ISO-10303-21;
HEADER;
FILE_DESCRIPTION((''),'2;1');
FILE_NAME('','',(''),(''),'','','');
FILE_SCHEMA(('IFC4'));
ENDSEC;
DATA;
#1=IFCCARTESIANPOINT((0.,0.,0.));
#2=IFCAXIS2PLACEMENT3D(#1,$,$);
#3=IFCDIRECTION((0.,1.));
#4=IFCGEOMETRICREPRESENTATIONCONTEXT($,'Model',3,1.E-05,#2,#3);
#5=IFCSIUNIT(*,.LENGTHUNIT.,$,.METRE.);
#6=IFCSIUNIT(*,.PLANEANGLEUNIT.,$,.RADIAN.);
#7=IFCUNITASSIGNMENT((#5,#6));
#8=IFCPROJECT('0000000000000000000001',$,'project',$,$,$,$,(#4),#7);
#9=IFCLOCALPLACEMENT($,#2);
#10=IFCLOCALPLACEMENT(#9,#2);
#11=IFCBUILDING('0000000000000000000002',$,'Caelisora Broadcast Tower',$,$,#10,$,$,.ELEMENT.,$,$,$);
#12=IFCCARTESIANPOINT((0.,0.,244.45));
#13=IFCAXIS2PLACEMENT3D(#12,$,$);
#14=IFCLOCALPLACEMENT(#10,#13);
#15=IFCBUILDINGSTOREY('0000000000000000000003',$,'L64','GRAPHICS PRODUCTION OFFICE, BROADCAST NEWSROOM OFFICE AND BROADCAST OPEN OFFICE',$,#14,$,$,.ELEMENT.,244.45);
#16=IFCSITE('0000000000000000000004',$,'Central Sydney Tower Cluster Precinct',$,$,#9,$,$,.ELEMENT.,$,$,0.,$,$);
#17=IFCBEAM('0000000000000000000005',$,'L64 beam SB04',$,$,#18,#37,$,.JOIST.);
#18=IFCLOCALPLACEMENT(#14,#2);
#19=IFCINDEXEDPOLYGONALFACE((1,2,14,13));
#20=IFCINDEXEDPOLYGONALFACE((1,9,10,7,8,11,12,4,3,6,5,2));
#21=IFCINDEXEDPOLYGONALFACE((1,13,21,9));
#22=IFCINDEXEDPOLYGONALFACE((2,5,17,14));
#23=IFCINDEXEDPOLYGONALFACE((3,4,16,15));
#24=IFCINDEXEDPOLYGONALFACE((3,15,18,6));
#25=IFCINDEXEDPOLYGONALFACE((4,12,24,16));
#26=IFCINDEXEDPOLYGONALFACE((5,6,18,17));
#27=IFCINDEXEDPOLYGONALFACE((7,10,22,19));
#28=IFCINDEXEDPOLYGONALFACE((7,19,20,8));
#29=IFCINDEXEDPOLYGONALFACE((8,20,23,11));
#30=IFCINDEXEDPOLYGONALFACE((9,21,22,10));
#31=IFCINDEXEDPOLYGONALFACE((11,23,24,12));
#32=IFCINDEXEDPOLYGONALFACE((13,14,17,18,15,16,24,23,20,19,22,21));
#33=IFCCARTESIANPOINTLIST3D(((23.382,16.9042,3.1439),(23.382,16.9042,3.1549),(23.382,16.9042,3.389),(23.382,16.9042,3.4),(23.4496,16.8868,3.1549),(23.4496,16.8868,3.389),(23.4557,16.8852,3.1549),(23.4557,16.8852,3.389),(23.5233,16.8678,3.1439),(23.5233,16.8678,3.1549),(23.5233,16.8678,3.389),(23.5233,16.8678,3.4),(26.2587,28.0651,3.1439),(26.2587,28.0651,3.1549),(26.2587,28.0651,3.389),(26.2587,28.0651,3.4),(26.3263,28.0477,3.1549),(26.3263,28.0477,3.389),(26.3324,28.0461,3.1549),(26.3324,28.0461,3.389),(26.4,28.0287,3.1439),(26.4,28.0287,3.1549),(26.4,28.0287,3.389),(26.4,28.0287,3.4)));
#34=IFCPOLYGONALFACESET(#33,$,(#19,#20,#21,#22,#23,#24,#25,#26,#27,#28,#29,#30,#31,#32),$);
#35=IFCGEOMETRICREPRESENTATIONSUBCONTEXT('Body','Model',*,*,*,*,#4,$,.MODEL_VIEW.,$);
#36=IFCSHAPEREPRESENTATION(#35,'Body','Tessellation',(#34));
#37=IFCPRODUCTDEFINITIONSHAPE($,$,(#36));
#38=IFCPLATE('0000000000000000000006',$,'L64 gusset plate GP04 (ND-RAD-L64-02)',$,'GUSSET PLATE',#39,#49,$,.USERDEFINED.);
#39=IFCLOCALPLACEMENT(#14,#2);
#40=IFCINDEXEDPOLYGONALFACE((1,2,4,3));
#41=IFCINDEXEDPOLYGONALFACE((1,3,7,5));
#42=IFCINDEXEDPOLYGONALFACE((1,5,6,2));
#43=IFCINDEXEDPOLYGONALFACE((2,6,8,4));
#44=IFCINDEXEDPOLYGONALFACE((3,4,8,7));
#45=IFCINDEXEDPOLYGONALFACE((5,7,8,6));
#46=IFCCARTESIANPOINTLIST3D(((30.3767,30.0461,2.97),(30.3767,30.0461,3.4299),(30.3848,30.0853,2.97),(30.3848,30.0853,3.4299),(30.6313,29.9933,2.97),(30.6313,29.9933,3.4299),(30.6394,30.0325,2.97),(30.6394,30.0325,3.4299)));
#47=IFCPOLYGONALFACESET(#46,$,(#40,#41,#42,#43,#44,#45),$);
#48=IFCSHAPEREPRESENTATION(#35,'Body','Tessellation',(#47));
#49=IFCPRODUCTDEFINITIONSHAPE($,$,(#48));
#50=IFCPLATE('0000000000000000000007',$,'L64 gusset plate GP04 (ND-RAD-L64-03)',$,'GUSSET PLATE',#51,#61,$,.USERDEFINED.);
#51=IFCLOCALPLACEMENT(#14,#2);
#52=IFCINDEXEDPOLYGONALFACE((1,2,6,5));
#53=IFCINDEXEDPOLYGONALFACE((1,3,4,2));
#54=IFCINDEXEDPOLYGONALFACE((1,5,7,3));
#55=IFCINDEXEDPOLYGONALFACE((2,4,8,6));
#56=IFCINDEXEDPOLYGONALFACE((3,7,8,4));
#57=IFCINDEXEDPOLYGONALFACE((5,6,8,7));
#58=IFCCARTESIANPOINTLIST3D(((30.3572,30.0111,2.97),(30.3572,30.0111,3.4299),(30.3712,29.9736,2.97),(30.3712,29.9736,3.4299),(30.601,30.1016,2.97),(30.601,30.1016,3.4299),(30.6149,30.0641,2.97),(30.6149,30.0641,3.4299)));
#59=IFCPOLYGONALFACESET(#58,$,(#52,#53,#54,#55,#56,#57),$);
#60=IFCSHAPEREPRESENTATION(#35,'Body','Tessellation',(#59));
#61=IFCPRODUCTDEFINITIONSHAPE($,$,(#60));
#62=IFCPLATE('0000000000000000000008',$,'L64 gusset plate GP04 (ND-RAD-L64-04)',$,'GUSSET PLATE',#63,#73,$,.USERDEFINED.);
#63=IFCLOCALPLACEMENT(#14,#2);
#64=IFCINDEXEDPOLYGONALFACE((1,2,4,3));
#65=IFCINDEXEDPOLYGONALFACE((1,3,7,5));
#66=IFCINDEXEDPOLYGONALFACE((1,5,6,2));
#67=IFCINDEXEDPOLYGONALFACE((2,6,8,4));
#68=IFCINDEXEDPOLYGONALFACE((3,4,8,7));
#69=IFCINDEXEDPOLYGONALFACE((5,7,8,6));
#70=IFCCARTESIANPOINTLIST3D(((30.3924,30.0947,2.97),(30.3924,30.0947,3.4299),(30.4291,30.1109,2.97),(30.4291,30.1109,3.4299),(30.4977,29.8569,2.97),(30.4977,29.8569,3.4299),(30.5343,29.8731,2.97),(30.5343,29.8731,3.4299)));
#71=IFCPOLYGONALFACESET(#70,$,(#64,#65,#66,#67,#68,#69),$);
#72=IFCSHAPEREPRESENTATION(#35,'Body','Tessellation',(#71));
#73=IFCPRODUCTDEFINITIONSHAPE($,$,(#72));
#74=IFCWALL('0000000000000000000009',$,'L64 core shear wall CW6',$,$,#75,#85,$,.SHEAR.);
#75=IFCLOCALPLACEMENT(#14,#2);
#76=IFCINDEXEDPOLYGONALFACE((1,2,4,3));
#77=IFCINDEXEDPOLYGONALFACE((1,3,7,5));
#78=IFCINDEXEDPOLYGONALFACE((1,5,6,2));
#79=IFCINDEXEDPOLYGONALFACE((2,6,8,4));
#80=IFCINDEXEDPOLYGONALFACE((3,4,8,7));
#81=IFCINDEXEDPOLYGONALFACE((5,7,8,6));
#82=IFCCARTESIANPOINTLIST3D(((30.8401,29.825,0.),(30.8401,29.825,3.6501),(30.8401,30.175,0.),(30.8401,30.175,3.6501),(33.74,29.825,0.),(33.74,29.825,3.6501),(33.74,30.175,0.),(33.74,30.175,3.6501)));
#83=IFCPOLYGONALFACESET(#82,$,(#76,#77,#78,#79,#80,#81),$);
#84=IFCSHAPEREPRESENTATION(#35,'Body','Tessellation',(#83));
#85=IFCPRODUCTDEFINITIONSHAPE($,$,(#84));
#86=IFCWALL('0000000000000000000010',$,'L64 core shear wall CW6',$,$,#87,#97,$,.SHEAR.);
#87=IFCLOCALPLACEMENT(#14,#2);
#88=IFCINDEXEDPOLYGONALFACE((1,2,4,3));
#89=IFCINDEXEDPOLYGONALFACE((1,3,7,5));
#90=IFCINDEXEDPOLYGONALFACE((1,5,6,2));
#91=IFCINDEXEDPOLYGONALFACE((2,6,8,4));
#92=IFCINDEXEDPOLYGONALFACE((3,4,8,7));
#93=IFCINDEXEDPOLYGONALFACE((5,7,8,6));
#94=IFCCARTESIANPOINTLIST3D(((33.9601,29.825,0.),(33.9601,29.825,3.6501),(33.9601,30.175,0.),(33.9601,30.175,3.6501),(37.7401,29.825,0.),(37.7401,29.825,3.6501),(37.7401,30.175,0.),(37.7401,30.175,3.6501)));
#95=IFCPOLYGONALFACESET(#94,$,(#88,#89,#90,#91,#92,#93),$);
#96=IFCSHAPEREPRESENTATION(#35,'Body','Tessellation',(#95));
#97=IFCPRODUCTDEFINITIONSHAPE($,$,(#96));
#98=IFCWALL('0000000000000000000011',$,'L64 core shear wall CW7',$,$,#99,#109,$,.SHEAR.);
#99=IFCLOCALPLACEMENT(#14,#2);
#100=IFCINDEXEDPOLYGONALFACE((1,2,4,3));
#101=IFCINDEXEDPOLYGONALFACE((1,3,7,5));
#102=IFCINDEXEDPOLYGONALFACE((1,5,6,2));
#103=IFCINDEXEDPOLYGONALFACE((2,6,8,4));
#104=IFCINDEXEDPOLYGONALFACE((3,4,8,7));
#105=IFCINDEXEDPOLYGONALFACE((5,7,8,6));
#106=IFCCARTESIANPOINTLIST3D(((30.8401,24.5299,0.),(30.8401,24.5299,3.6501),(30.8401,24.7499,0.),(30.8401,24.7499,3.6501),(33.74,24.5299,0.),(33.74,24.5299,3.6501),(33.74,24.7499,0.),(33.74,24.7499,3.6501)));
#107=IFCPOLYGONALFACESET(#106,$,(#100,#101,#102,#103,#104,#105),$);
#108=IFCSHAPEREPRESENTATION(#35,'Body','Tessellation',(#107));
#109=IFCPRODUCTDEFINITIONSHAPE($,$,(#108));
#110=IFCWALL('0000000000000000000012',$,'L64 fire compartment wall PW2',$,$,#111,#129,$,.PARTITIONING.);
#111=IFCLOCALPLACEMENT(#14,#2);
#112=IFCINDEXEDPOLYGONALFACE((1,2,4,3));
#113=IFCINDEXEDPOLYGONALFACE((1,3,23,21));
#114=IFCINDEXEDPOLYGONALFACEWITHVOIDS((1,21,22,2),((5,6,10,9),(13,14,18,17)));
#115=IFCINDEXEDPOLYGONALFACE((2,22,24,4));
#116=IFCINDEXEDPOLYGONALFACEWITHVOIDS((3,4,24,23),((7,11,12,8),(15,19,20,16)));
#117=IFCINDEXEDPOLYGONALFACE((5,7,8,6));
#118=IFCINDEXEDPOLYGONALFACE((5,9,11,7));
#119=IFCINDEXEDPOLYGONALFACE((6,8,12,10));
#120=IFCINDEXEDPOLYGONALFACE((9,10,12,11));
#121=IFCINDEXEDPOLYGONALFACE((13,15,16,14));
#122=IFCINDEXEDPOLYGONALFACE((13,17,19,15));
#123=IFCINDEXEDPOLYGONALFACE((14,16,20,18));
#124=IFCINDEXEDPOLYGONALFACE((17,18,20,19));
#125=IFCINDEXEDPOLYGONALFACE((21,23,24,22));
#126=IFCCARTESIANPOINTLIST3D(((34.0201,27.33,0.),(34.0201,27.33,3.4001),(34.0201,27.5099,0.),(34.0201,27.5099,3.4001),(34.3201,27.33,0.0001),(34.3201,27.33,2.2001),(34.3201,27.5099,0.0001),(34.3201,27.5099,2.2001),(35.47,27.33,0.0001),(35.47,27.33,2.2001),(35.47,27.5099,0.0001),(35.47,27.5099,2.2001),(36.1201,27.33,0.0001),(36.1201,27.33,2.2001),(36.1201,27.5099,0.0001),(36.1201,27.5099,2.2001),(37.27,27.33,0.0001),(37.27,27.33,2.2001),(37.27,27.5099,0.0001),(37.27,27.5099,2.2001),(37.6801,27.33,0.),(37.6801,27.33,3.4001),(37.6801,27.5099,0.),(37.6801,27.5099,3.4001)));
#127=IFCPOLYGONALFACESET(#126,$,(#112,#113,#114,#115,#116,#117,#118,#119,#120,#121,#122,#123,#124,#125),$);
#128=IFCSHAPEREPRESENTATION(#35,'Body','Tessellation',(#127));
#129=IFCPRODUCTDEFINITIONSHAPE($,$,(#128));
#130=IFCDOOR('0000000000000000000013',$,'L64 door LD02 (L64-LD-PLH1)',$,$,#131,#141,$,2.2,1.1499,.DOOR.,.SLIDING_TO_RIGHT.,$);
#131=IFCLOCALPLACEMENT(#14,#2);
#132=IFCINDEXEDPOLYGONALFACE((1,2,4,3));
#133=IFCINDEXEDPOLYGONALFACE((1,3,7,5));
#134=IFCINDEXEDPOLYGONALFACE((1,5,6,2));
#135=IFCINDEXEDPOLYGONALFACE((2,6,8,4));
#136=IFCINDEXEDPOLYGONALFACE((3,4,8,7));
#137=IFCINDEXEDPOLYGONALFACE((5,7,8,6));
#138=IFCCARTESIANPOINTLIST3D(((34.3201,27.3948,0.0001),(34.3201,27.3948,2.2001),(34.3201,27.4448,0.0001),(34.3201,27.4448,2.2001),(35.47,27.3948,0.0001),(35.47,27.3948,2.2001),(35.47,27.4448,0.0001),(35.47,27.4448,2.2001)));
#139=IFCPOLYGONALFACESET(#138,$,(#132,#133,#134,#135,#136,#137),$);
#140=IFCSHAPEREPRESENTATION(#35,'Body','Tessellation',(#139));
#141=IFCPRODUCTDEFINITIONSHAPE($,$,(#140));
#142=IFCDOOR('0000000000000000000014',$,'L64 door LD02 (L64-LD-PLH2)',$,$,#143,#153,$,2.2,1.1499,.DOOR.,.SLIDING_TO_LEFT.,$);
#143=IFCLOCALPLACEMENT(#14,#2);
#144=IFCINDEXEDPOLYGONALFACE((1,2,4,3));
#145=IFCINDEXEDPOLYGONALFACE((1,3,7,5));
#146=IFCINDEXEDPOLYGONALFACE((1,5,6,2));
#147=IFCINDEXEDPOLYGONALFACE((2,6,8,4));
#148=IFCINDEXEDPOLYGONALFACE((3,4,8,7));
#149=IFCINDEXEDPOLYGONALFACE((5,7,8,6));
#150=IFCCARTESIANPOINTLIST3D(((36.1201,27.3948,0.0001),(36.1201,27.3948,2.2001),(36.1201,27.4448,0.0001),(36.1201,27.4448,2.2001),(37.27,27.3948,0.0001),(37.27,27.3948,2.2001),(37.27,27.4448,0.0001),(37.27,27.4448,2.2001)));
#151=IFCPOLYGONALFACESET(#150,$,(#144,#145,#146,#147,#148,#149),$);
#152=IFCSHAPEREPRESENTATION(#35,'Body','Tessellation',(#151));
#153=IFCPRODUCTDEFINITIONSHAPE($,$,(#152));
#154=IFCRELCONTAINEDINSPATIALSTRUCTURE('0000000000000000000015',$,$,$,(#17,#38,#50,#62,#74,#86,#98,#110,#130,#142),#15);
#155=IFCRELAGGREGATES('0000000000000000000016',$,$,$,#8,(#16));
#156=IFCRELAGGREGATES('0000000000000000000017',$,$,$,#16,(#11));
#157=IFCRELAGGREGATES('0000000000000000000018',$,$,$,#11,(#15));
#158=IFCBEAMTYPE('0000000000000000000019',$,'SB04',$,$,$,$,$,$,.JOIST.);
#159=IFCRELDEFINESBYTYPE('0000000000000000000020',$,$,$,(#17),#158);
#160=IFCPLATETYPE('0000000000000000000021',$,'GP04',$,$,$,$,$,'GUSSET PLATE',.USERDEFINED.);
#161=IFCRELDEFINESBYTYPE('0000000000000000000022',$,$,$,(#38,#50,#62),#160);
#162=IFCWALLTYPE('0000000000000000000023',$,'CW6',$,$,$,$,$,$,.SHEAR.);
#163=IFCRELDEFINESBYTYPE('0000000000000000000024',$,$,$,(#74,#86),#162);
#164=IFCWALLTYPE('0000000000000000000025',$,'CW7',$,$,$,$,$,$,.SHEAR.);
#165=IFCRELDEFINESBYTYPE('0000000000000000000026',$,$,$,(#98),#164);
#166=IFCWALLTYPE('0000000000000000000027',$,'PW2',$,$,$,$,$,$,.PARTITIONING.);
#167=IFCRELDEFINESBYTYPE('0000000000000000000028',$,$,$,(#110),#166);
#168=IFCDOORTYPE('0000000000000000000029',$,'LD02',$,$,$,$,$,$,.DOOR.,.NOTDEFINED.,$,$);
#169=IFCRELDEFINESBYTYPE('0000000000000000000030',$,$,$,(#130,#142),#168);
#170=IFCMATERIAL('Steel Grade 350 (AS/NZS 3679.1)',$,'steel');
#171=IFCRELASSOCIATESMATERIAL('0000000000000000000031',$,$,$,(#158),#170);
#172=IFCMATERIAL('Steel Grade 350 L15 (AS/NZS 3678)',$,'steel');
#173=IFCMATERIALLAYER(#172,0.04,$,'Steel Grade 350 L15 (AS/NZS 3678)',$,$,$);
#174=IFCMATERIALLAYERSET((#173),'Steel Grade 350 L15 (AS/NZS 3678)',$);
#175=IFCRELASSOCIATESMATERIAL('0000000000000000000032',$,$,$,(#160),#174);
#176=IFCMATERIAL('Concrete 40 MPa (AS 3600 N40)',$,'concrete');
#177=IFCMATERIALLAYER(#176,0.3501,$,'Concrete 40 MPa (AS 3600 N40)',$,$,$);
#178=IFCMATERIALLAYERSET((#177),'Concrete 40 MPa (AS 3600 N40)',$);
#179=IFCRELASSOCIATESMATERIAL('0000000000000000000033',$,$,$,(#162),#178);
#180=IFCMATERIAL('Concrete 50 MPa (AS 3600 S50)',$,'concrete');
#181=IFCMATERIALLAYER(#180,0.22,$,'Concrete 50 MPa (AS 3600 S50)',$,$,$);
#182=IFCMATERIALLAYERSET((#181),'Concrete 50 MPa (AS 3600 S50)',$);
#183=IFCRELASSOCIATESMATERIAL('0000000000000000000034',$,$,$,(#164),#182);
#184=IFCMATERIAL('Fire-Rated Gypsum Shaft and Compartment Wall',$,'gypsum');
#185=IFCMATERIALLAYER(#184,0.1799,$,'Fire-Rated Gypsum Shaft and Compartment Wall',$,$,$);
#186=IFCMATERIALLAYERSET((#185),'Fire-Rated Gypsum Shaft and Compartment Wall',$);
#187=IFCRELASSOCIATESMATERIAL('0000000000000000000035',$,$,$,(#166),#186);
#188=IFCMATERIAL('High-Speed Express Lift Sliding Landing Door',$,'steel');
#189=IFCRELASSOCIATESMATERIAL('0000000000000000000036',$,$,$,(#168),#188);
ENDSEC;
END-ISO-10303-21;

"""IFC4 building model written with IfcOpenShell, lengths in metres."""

from ifc_helpers import new_model, si_unit, direction, frame, frame_2d, origin, origin_2d, place, context, subcontext, project, spatial, rectangle, i_section, extrude, source, transform, mapped, material, layer, layer_set, material_profile, profile_set, type_object, type_shapes, element, fill, save


model = new_model("IFC4")

# Units and contexts
model_context = context("Model", 3, precision=1e-05, world=origin(), true_north=direction((0.0, 1.0)))
body_context = subcontext(model_context, "Body", "Model", "MODEL_VIEW")
ifc_project = project(units=[si_unit("LENGTHUNIT", "METRE"), si_unit("PLANEANGLEUNIT", "RADIAN")], contexts=[model_context])

# Site, building, storey
site_placement = place(None, origin())
site = spatial("IfcSite", under=ifc_project, at=site_placement, Name="Central Sydney Tower Cluster Precinct", CompositionType="ELEMENT", RefElevation=0.0)
building_placement = place(site_placement, origin())
building = spatial("IfcBuilding", under=site, at=building_placement, Name="Caelisora Broadcast Tower", CompositionType="ELEMENT")
storey_placement = place(building_placement, frame((0.0, 0.0, 244.45)))
storey = spatial("IfcBuildingStorey", under=building, at=storey_placement, Name="L64", Description="GRAPHICS PRODUCTION OFFICE, BROADCAST NEWSROOM OFFICE AND BROADCAST OPEN OFFICE", CompositionType="ELEMENT", Elevation=244.45)

# Shared definitions
ifc_material_1 = material(Name="Steel Grade 350 (AS/NZS 3679.1)", Category="steel")

# Beam
ifc_material_profile_1 = material_profile(ifc_material_1, i_section(OverallWidth=0.146, OverallDepth=0.2561, WebThickness=0.0063, FlangeThickness=0.011, at=origin_2d()), Name="Steel Grade 350 (AS/NZS 3679.1)")
ifc_profile_set_1 = profile_set([ifc_material_profile_1], Name="Steel Grade 350 (AS/NZS 3679.1)")
beam_type_1 = type_object("IfcBeamType", Name="SB04", PredefinedType="JOIST", material=ifc_profile_set_1)
shared_shape_1 = source(origin(), body_context, "Body", "SweptSolid", [
    extrude(i_section(OverallWidth=0.146, OverallDepth=0.2561, WebThickness=0.0063, FlangeThickness=0.011, at=origin_2d()), origin(), (0.0, 0.0, 1.0), 11.5256),
])
beam_1_placement = place(storey_placement, frame((26.3293, 28.0469, 3.272), z_axis=(-0.249592, -0.968351, 0.0), x_axis=(0.968351, -0.249592, 0.0)))
element("IfcBeam", 1, at=beam_1_placement, inside=storey, type_object=beam_type_1, Name="L64 beam SB04", PredefinedType="JOIST", context=body_context, shape_type="MappedRepresentation", body=[
    mapped(shared_shape_1, transform((0.0, 0.0, 0.0), scale=1.0)),
])

# Plates
ifc_material_2 = material(Name="Steel Grade 350 L15 (AS/NZS 3678)", Category="steel")
ifc_layer_1 = layer(ifc_material_2, 0.04, Name="Steel Grade 350 L15 (AS/NZS 3678)")
ifc_layer_set_1 = layer_set([ifc_layer_1], Name="Steel Grade 350 L15 (AS/NZS 3678)")
plate_type = type_object("IfcPlateType", Name="GP04", ElementType="GUSSET PLATE", PredefinedType="USERDEFINED", material=ifc_layer_set_1)
shared_shape_2 = source(origin(), body_context, "Body", "SweptSolid", [
    extrude(rectangle(XDim=0.26, YDim=0.04, at=origin_2d()), origin(), (0.0, 0.0, 1.0), 0.46),
])
type_shapes(plate_type, [shared_shape_2])
for number, where, z_axis, x_axis, name in (
    (2, (30.5081, 30.0393, 2.97), (0.0, 0.0, 1.0), (-0.979152, 0.203129, 0.0), "L64 gusset plate GP04 (ND-RAD-L64-02)"),
    (3, (30.4861, 30.0376, 2.97), (0.0, 0.0, 1.0), (-0.937525, -0.347918, 0.0), "L64 gusset plate GP04 (ND-RAD-L64-03)"),
    (4, (30.4634, 29.9839, 2.97), (0.0, 0.0, 1.0), (0.404822, -0.914395, 0.0), "L64 gusset plate GP04 (ND-RAD-L64-04)"),
):
    element("IfcPlate", number, at=place(storey_placement, frame(where, z_axis=z_axis, x_axis=x_axis)), inside=storey, type_object=plate_type, Name=name, ObjectType="GUSSET PLATE", PredefinedType="USERDEFINED", context=body_context, shape_type="MappedRepresentation", body=[
        mapped(shared_shape_2, transform((0.0, 0.0, 0.0), scale=1.0)),
    ])

# Walls
ifc_material_3 = material(Name="Concrete 40 MPa (AS 3600 N40)", Category="concrete")
ifc_layer_2 = layer(ifc_material_3, 0.3501, Name="Concrete 40 MPa (AS 3600 N40)")
ifc_layer_set_2 = layer_set([ifc_layer_2], Name="Concrete 40 MPa (AS 3600 N40)")
wall_type_1 = type_object("IfcWallType", Name="CW6", PredefinedType="SHEAR", material=ifc_layer_set_2)
wall_1_placement = place(storey_placement, frame((30.8401, 30.0, 0.0), z_axis=(0.0, 0.0, 1.0), x_axis=(1.0, 0.0, 0.0)))
element("IfcWall", 5, at=wall_1_placement, inside=storey, type_object=wall_type_1, Name="L64 core shear wall CW6", PredefinedType="SHEAR", context=body_context, shape_type="SweptSolid", body=[
    extrude(rectangle(XDim=2.8999, YDim=0.3501, at=frame_2d((1.45, 0.0))), origin(), (0.0, 0.0, 1.0), 3.6501),
])
wall_2_placement = place(storey_placement, frame((33.96, 30.0, 0.0), z_axis=(0.0, 0.0, 1.0), x_axis=(1.0, 0.0, 0.0)))
element("IfcWall", 6, at=wall_2_placement, inside=storey, type_object=wall_type_1, Name="L64 core shear wall CW6", PredefinedType="SHEAR", context=body_context, shape_type="SweptSolid", body=[
    extrude(rectangle(XDim=3.78, YDim=0.3501, at=frame_2d((1.8901, 0.0))), origin(), (0.0, 0.0, 1.0), 3.6501),
])
ifc_material_4 = material(Name="Concrete 50 MPa (AS 3600 S50)", Category="concrete")
ifc_layer_3 = layer(ifc_material_4, 0.22, Name="Concrete 50 MPa (AS 3600 S50)")
ifc_layer_set_3 = layer_set([ifc_layer_3], Name="Concrete 50 MPa (AS 3600 S50)")
wall_type_2 = type_object("IfcWallType", Name="CW7", PredefinedType="SHEAR", material=ifc_layer_set_3)
wall_3_placement = place(storey_placement, frame((30.8401, 24.6399, 0.0), z_axis=(0.0, 0.0, 1.0), x_axis=(1.0, 0.0, 0.0)))
element("IfcWall", 7, at=wall_3_placement, inside=storey, type_object=wall_type_2, Name="L64 core shear wall CW7", PredefinedType="SHEAR", context=body_context, shape_type="SweptSolid", body=[
    extrude(rectangle(XDim=2.8999, YDim=0.22, at=frame_2d((1.45, 0.0))), origin(), (0.0, 0.0, 1.0), 3.6501),
])

# Wall, openings, doors
ifc_material_5 = material(Name="Fire-Rated Gypsum Shaft and Compartment Wall", Category="gypsum")
ifc_layer_4 = layer(ifc_material_5, 0.1799, Name="Fire-Rated Gypsum Shaft and Compartment Wall")
ifc_layer_set_4 = layer_set([ifc_layer_4], Name="Fire-Rated Gypsum Shaft and Compartment Wall")
wall_type_3 = type_object("IfcWallType", Name="PW2", PredefinedType="PARTITIONING", material=ifc_layer_set_4)
wall_4_placement = place(storey_placement, frame((34.02, 27.4199, 0.0), z_axis=(0.0, 0.0, 1.0), x_axis=(1.0, 0.0, 0.0)))
wall_4 = element("IfcWall", 8, at=wall_4_placement, inside=storey, type_object=wall_type_3, Name="L64 fire compartment wall PW2", PredefinedType="PARTITIONING", context=body_context, shape_type="SweptSolid", body=[
    extrude(rectangle(XDim=3.6599, YDim=0.1799, at=frame_2d((1.8301, 0.0))), origin(), (0.0, 0.0, 1.0), 3.4001),
])
opening_1_placement = place(wall_4_placement, frame((0.3, 0.0, 0.0)))
opening_1 = element("IfcOpeningElement", 9, at=opening_1_placement, cuts=wall_4, PredefinedType="OPENING", context=body_context, shape_type="SweptSolid", body=[
    extrude(rectangle(XDim=1.1499, YDim=2.2, at=frame_2d((0.575, 1.1001))), frame((0.0, 0.1021, 0.0), z_axis=(0.0, -1.0, 0.0), x_axis=(1.0, 0.0, 0.0)), (0.0, 0.0, 1.0), 0.2039),
])
opening_2_placement = place(wall_4_placement, frame((2.1001, 0.0, 0.0)))
opening_2 = element("IfcOpeningElement", 10, at=opening_2_placement, cuts=wall_4, PredefinedType="OPENING", context=body_context, shape_type="SweptSolid", body=[
    extrude(rectangle(XDim=1.1499, YDim=2.2, at=frame_2d((0.575, 1.1001))), frame((0.0, 0.1021, 0.0), z_axis=(0.0, -1.0, 0.0), x_axis=(1.0, 0.0, 0.0)), (0.0, 0.0, 1.0), 0.2039),
])
ifc_material_6 = material(Name="High-Speed Express Lift Sliding Landing Door", Category="steel")
door_type_1 = type_object("IfcDoorType", Name="LD02", OperationType="NOTDEFINED", PredefinedType="DOOR", material=ifc_material_6)
door_1_placement = place(opening_1_placement, origin())
door_1 = element("IfcDoor", 11, at=door_1_placement, inside=storey, type_object=door_type_1, Name="L64 door LD02 (L64-LD-PLH1)", OperationType="SLIDING_TO_RIGHT", OverallHeight=2.2, OverallWidth=1.1499, PredefinedType="DOOR", context=body_context, shape_type="SweptSolid", body=[
    extrude(rectangle(XDim=1.1499, YDim=2.2, at=frame_2d((0.575, 1.1001))), frame((0.0, 0.0249, 0.0), z_axis=(0.0, -1.0, 0.0), x_axis=(1.0, 0.0, 0.0)), (0.0, 0.0, 1.0), 0.05),
])
fill(opening_1, door_1)
door_2_placement = place(opening_2_placement, origin())
door_2 = element("IfcDoor", 12, at=door_2_placement, inside=storey, type_object=door_type_1, Name="L64 door LD02 (L64-LD-PLH2)", OperationType="SLIDING_TO_LEFT", OverallHeight=2.2, OverallWidth=1.1499, PredefinedType="DOOR", context=body_context, shape_type="SweptSolid", body=[
    extrude(rectangle(XDim=1.1499, YDim=2.2, at=frame_2d((0.575, 1.1001))), frame((0.0, 0.0249, 0.0), z_axis=(0.0, -1.0, 0.0), x_axis=(1.0, 0.0, 0.0)), (0.0, 0.0, 1.0), 0.05),
])
fill(opening_2, door_2)

save(model, "model.ifc")
